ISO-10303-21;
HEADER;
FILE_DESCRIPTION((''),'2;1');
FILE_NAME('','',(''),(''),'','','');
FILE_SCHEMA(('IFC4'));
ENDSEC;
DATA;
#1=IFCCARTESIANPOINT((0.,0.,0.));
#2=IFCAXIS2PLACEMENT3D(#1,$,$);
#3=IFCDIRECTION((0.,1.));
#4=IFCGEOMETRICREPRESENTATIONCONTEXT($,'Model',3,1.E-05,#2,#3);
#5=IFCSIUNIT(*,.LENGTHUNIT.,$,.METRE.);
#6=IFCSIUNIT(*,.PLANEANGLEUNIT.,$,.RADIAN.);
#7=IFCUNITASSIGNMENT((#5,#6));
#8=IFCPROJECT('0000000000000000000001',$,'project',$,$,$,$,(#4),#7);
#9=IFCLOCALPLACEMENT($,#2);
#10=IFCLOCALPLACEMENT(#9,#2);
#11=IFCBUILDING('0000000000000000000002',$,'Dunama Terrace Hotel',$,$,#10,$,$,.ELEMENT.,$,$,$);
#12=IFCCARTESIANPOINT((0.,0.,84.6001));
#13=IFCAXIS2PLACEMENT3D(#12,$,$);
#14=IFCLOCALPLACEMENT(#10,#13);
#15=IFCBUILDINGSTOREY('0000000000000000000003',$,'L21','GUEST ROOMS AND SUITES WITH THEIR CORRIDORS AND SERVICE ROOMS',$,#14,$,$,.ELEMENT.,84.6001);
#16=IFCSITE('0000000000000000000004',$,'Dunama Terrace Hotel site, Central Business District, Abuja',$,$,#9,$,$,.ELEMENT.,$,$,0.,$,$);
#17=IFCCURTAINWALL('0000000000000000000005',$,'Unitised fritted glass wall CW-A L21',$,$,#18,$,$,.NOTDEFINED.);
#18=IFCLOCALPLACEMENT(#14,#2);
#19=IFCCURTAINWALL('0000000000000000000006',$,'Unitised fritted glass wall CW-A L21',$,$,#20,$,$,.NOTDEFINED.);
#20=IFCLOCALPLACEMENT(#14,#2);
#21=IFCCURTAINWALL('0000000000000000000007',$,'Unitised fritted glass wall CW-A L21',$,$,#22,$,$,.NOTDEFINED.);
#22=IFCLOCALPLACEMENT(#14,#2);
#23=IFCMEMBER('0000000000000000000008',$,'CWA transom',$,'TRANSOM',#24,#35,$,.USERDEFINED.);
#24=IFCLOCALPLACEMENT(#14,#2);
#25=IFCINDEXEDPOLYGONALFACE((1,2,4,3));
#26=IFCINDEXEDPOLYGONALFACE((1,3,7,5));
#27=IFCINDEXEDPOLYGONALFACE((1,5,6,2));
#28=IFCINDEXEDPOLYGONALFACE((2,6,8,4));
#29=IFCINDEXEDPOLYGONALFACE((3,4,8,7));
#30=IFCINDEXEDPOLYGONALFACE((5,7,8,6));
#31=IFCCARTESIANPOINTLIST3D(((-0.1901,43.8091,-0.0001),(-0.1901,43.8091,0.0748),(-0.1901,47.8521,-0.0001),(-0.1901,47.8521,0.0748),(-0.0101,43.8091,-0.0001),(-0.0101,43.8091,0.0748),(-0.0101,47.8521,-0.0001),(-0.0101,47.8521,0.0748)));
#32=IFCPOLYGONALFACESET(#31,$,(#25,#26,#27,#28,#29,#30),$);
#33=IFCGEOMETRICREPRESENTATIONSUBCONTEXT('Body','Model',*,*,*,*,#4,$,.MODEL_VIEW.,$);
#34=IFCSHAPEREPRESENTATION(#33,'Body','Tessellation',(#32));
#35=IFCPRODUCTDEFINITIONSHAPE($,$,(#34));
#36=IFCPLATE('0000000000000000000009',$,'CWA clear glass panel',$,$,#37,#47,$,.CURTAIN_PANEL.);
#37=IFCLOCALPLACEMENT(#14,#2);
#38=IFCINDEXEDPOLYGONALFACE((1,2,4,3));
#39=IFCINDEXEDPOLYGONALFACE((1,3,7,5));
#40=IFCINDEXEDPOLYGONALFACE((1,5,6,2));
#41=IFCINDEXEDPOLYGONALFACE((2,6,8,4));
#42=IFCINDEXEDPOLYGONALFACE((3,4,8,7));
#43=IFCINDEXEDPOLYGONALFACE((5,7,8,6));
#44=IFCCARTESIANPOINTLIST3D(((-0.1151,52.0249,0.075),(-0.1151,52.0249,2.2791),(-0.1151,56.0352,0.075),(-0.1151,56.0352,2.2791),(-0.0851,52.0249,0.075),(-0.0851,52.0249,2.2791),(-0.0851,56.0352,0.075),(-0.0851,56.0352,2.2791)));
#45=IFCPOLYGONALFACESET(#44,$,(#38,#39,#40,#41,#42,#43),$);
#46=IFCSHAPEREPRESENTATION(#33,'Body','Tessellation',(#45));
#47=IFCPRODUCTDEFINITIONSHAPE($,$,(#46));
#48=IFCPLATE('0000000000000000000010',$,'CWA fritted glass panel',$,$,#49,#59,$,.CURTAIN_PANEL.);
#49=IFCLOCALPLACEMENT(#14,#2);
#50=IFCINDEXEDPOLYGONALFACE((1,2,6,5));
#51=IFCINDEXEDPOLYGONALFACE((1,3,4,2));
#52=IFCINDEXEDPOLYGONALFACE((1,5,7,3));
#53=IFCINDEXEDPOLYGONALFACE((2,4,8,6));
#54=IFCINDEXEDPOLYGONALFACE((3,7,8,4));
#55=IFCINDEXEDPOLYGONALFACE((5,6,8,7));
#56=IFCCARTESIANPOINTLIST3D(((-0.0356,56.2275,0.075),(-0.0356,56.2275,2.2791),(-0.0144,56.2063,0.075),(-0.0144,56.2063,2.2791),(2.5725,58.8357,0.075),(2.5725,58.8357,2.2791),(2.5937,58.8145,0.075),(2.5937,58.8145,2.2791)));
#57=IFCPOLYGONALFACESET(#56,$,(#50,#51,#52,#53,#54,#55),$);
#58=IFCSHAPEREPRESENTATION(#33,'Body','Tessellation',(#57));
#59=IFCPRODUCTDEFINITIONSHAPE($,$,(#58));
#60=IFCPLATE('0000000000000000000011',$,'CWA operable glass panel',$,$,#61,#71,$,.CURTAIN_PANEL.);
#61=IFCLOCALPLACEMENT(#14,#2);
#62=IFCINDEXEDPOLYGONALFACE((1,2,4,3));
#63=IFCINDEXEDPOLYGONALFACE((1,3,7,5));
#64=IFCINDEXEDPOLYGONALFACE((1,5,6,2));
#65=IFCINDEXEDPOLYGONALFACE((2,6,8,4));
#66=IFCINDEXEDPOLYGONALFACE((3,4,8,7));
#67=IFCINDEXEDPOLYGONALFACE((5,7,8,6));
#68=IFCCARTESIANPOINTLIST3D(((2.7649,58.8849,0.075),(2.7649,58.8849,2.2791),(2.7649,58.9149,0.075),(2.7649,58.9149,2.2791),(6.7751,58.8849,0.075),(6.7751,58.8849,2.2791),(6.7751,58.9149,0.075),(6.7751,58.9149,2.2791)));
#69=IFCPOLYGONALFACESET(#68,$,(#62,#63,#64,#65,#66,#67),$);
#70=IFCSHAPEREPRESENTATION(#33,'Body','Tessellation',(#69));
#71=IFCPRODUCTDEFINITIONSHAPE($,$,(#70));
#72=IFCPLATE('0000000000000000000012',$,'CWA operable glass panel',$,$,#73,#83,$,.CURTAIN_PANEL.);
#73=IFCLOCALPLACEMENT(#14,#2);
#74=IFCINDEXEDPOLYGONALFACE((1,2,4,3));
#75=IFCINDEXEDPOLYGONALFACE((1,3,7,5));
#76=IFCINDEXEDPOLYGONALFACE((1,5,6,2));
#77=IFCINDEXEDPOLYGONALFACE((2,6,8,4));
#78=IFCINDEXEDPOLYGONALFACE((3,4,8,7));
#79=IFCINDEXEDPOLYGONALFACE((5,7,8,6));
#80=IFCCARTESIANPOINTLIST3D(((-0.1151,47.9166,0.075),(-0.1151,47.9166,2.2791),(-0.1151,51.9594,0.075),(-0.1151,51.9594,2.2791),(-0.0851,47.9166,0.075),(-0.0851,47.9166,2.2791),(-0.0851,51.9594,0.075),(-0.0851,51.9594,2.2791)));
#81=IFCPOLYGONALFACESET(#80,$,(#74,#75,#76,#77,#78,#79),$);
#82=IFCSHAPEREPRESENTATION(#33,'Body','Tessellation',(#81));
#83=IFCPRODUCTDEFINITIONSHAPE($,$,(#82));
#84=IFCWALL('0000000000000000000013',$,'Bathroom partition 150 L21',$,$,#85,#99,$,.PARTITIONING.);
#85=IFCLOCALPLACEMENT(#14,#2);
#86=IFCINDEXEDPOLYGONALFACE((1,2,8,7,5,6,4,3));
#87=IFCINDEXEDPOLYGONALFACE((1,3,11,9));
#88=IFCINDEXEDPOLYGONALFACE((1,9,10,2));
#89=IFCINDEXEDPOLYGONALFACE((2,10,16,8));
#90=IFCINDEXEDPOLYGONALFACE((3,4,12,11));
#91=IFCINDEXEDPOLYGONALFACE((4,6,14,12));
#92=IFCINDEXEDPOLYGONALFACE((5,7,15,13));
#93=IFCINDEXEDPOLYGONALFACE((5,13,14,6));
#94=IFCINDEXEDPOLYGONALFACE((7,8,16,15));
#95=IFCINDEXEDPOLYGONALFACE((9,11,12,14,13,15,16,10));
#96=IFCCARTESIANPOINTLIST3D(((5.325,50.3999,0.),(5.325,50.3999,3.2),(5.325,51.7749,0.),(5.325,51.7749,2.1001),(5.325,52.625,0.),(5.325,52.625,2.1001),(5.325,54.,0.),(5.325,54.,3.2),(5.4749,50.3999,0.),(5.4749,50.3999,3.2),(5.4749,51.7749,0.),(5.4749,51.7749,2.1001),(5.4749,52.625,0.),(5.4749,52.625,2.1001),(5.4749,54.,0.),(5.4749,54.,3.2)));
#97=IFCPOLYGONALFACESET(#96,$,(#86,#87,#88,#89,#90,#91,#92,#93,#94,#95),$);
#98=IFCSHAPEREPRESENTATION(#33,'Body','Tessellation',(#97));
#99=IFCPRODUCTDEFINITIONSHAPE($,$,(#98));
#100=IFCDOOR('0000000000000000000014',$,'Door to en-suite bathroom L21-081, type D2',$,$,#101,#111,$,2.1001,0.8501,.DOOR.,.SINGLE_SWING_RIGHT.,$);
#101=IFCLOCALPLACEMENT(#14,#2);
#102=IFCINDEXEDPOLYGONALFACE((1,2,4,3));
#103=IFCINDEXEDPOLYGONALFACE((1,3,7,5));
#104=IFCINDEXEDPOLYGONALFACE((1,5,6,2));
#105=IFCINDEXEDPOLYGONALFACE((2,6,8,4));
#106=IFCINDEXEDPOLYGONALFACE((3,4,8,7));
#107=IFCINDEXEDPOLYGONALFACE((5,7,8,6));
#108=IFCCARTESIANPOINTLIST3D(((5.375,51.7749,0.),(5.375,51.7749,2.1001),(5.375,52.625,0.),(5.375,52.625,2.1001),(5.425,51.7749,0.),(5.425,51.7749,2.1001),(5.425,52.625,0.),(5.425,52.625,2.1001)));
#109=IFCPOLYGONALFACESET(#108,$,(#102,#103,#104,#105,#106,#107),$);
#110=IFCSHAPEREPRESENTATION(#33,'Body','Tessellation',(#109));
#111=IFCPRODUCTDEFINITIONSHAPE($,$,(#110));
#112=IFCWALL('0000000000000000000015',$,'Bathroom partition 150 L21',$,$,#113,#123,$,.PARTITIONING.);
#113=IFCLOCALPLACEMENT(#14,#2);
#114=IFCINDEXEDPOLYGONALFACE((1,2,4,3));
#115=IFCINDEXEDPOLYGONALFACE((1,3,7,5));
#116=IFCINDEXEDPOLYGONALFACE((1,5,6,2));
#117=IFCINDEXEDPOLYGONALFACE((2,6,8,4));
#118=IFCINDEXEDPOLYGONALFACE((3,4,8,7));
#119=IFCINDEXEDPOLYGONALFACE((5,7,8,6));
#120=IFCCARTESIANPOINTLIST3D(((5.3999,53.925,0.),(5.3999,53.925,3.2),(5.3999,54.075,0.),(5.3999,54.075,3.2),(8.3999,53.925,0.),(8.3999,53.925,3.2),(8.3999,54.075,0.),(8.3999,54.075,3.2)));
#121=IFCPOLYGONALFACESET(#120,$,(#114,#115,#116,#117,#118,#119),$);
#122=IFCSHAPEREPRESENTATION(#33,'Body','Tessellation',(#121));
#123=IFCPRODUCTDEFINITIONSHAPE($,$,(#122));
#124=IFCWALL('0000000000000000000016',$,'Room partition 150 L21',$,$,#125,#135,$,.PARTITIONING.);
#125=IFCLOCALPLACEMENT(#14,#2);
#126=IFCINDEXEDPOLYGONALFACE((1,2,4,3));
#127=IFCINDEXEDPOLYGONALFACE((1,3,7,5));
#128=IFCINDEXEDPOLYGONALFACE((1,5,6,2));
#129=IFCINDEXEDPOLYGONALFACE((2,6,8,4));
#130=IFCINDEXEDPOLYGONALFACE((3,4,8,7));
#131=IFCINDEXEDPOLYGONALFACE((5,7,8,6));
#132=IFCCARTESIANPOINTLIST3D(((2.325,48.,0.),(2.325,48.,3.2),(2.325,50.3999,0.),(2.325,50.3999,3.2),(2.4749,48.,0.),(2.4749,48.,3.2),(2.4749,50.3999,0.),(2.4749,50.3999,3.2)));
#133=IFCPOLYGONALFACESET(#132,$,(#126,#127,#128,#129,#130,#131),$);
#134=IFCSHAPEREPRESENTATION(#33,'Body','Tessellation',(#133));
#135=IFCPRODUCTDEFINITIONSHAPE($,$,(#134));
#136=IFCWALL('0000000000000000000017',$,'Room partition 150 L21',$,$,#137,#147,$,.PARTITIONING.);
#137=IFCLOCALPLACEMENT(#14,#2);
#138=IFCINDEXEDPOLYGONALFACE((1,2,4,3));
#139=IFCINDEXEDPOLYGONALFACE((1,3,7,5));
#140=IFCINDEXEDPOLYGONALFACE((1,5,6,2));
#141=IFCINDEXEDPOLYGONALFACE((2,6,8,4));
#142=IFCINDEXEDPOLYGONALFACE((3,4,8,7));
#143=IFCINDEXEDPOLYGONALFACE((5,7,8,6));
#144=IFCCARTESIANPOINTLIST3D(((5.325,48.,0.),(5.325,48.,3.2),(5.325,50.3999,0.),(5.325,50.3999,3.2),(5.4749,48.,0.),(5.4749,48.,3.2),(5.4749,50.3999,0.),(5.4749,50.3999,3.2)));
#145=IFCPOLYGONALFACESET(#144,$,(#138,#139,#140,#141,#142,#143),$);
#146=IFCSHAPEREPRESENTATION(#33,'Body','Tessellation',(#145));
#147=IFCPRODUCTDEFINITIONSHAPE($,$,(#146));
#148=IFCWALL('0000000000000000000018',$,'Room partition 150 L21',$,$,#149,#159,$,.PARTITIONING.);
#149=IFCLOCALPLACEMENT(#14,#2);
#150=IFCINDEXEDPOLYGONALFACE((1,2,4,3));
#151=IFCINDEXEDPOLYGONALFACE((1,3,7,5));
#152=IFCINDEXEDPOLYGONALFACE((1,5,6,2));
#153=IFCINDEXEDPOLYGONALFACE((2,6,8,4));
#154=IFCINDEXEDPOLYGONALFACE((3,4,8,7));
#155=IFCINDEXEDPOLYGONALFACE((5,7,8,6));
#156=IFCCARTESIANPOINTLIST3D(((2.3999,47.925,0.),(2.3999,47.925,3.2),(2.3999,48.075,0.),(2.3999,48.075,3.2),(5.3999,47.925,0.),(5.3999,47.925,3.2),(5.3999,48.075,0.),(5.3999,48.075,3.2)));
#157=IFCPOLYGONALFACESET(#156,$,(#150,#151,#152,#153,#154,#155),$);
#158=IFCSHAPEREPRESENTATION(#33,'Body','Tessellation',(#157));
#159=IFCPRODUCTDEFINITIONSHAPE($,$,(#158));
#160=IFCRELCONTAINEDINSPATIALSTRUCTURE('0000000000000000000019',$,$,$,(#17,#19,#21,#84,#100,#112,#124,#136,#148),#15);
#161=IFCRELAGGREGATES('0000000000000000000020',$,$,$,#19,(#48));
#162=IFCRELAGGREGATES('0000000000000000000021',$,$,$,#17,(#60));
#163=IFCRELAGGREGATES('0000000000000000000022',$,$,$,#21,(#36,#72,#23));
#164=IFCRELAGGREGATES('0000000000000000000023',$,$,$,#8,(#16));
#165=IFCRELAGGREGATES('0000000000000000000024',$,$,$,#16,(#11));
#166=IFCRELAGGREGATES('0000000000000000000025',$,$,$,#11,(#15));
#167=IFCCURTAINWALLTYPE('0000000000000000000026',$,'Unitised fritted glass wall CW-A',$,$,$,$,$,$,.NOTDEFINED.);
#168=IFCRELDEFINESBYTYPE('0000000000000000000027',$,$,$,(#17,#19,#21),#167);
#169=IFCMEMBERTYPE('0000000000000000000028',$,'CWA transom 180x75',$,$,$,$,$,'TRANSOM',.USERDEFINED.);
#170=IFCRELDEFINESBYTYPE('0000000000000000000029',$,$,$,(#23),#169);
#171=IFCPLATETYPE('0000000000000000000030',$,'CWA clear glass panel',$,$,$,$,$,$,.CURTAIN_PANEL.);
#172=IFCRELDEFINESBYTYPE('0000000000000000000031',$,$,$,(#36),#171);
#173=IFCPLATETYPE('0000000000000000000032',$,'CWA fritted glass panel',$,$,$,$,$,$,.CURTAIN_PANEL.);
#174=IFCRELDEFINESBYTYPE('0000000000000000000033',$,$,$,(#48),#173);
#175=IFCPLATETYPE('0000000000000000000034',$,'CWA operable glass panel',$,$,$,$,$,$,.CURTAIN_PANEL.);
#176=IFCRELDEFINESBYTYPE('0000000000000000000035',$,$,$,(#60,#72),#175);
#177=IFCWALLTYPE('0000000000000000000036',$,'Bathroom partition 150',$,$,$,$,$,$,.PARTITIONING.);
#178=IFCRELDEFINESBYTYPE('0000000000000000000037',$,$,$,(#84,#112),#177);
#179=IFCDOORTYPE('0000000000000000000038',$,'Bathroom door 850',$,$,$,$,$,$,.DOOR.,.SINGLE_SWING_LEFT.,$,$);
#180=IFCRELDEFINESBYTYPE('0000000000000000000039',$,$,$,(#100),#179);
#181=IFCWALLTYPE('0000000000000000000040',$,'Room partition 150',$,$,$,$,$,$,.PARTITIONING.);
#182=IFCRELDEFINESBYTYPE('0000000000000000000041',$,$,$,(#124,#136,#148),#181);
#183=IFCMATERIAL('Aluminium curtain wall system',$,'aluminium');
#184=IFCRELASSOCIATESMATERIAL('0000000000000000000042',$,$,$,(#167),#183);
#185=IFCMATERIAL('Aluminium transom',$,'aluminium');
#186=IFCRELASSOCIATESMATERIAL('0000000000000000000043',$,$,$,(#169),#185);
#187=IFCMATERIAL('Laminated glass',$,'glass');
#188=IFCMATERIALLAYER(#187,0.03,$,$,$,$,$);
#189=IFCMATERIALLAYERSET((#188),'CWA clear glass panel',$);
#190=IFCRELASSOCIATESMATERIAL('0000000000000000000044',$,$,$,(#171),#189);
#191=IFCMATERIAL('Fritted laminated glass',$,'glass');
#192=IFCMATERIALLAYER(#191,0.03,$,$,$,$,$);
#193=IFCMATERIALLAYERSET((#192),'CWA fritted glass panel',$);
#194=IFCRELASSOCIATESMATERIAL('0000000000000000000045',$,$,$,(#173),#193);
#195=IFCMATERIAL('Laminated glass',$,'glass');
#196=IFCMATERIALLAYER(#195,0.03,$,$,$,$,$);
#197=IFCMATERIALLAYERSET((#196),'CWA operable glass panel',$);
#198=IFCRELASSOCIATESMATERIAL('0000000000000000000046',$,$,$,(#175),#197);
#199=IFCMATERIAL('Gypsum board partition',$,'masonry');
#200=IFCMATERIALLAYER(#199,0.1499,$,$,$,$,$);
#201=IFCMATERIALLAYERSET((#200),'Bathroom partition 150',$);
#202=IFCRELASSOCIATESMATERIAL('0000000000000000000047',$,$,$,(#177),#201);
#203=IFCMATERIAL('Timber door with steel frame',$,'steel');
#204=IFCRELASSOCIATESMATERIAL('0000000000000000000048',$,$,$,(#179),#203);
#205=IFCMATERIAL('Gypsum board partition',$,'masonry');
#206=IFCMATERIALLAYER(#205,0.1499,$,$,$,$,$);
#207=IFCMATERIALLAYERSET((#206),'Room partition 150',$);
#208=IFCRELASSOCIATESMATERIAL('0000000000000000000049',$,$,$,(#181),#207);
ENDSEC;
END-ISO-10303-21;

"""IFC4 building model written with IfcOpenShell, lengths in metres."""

from ifc_helpers import new_model, si_unit, direction, frame, frame_2d, origin, origin_2d, place, context, subcontext, project, spatial, rectangle, extrude, material, layer, layer_set, material_profile, profile_set, type_object, element, fill, aggregate, save


model = new_model("IFC4")

# Units and contexts
model_context = context("Model", 3, precision=1e-05, world=origin(), true_north=direction((0.0, 1.0)))
body_context = subcontext(model_context, "Body", "Model", "MODEL_VIEW")
ifc_project = project(units=[si_unit("LENGTHUNIT", "METRE"), si_unit("PLANEANGLEUNIT", "RADIAN")], contexts=[model_context])

# Site, building, storey
site_placement = place(None, origin())
site = spatial("IfcSite", under=ifc_project, at=site_placement, Name="Dunama Terrace Hotel site, Central Business District, Abuja", CompositionType="ELEMENT", RefElevation=0.0)
building_placement = place(site_placement, origin())
building = spatial("IfcBuilding", under=site, at=building_placement, Name="Dunama Terrace Hotel", CompositionType="ELEMENT")
storey_placement = place(building_placement, frame((0.0, 0.0, 84.6001)))
storey = spatial("IfcBuildingStorey", under=building, at=storey_placement, Name="L21", Description="GUEST ROOMS AND SUITES WITH THEIR CORRIDORS AND SERVICE ROOMS", CompositionType="ELEMENT", Elevation=84.6001)

# Curtain walls
ifc_material_1 = material(Name="Aluminium curtain wall system", Category="aluminium")
curtain_wall_type = type_object("IfcCurtainWallType", Name="Unitised fritted glass wall CW-A", PredefinedType="NOTDEFINED", material=ifc_material_1)
curtain_wall_1_placement = place(storey_placement, origin())
curtain_wall_1 = element("IfcCurtainWall", 1, at=curtain_wall_1_placement, inside=storey, type_object=curtain_wall_type, Name="Unitised fritted glass wall CW-A L21", PredefinedType="NOTDEFINED")
curtain_wall_2_placement = place(storey_placement, origin())
curtain_wall_2 = element("IfcCurtainWall", 2, at=curtain_wall_2_placement, inside=storey, type_object=curtain_wall_type, Name="Unitised fritted glass wall CW-A L21", PredefinedType="NOTDEFINED")
curtain_wall_3_placement = place(storey_placement, origin())
curtain_wall_3 = element("IfcCurtainWall", 3, at=curtain_wall_3_placement, inside=storey, type_object=curtain_wall_type, Name="Unitised fritted glass wall CW-A L21", PredefinedType="NOTDEFINED")

# Member
ifc_material_2 = material(Name="Aluminium transom", Category="aluminium")
ifc_material_profile_1 = material_profile(ifc_material_2, rectangle(XDim=0.1799, YDim=0.075, at=origin_2d()), Name="CWA TRANSOM 180X75")
ifc_profile_set_1 = profile_set([ifc_material_profile_1], Name="Aluminium transom")
member_type_1 = type_object("IfcMemberType", Name="CWA transom 180x75", ElementType="TRANSOM", PredefinedType="USERDEFINED", material=ifc_profile_set_1)
member_1_placement = place(storey_placement, frame((-0.1001, 47.8521, 0.0374), z_axis=(0.0, -1.0, 0.0), x_axis=(1.0, 0.0, 0.0)))
member_1 = element("IfcMember", 4, at=member_1_placement, type_object=member_type_1, Name="CWA transom", ObjectType="TRANSOM", PredefinedType="USERDEFINED", context=body_context, shape_type="SweptSolid", body=[
    extrude(rectangle(XDim=0.1799, YDim=0.075, at=origin_2d()), origin(), (0.0, 0.0, 1.0), 4.043),
])

# Plates
ifc_material_3 = material(Name="Laminated glass", Category="glass")
ifc_layer_1 = layer(ifc_material_3, 0.03)
ifc_layer_set_1 = layer_set([ifc_layer_1], Name="CWA clear glass panel")
plate_type_1 = type_object("IfcPlateType", Name="CWA clear glass panel", PredefinedType="CURTAIN_PANEL", material=ifc_layer_set_1)
plate_1_placement = place(storey_placement, frame((-0.1001, 54.03, 0.075), z_axis=(0.0, 0.0, 1.0), x_axis=(0.0, -1.0, 0.0)))
plate_1 = element("IfcPlate", 5, at=plate_1_placement, type_object=plate_type_1, Name="CWA clear glass panel", PredefinedType="CURTAIN_PANEL", context=body_context, shape_type="SweptSolid", body=[
    extrude(rectangle(XDim=4.0103, YDim=0.03, at=origin_2d()), origin(), (0.0, 0.0, 1.0), 2.2041),
])
ifc_material_4 = material(Name="Fritted laminated glass", Category="glass")
ifc_layer_2 = layer(ifc_material_4, 0.03)
ifc_layer_set_2 = layer_set([ifc_layer_2], Name="CWA fritted glass panel")
plate_type_2 = type_object("IfcPlateType", Name="CWA fritted glass panel", PredefinedType="CURTAIN_PANEL", material=ifc_layer_set_2)
plate_2_placement = place(storey_placement, frame((1.2791, 57.521, 0.075), z_axis=(0.0, 0.0, 1.0), x_axis=(-0.707107, -0.707107, 0.0)))
plate_2 = element("IfcPlate", 6, at=plate_2_placement, type_object=plate_type_2, Name="CWA fritted glass panel", PredefinedType="CURTAIN_PANEL", context=body_context, shape_type="SweptSolid", body=[
    extrude(rectangle(XDim=3.6885, YDim=0.03, at=origin_2d()), origin(), (0.0, 0.0, 1.0), 2.2041),
])
aggregate(curtain_wall_2, [plate_2])
ifc_material_5 = material(Name="Laminated glass", Category="glass")
ifc_layer_3 = layer(ifc_material_5, 0.03)
ifc_layer_set_3 = layer_set([ifc_layer_3], Name="CWA operable glass panel")
plate_type_3 = type_object("IfcPlateType", Name="CWA operable glass panel", PredefinedType="CURTAIN_PANEL", material=ifc_layer_set_3)
plate_3_placement = place(storey_placement, frame((4.77, 58.8999, 0.075), z_axis=(0.0, 0.0, 1.0), x_axis=(-1.0, 0.0, 0.0)))
plate_3 = element("IfcPlate", 7, at=plate_3_placement, type_object=plate_type_3, Name="CWA operable glass panel", PredefinedType="CURTAIN_PANEL", context=body_context, shape_type="SweptSolid", body=[
    extrude(rectangle(XDim=4.0103, YDim=0.03, at=origin_2d()), origin(), (0.0, 0.0, 1.0), 2.2041),
])
aggregate(curtain_wall_1, [plate_3])
plate_4_placement = place(storey_placement, frame((-0.1001, 49.938, 0.075), z_axis=(0.0, 0.0, 1.0), x_axis=(0.0, -1.0, 0.0)))
plate_4 = element("IfcPlate", 8, at=plate_4_placement, type_object=plate_type_3, Name="CWA operable glass panel", PredefinedType="CURTAIN_PANEL", context=body_context, shape_type="SweptSolid", body=[
    extrude(rectangle(XDim=4.0427, YDim=0.03, at=origin_2d()), origin(), (0.0, 0.0, 1.0), 2.2041),
])
aggregate(curtain_wall_3, [plate_1, plate_4, member_1])

# Wall, opening, door
ifc_material_6 = material(Name="Gypsum board partition", Category="masonry")
ifc_layer_4 = layer(ifc_material_6, 0.1499)
ifc_layer_set_4 = layer_set([ifc_layer_4], Name="Bathroom partition 150")
wall_type_1 = type_object("IfcWallType", Name="Bathroom partition 150", PredefinedType="PARTITIONING", material=ifc_layer_set_4)
wall_1_placement = place(storey_placement, frame((5.3999, 50.3999, 0.0), z_axis=(0.0, 0.0, 1.0), x_axis=(0.0, 1.0, 0.0)))
wall_1 = element("IfcWall", 9, at=wall_1_placement, inside=storey, type_object=wall_type_1, Name="Bathroom partition 150 L21", PredefinedType="PARTITIONING", context=body_context, shape_type="SweptSolid", body=[
    extrude(rectangle(XDim=3.6001, YDim=0.1499, at=frame_2d((1.8, 0.0))), origin(), (0.0, 0.0, 1.0), 3.2),
])
opening_1_placement = place(wall_1_placement, frame((1.375, 0.0, 0.0)))
opening_1 = element("IfcOpeningElement", 10, at=opening_1_placement, cuts=wall_1, PredefinedType="OPENING", context=body_context, shape_type="SweptSolid", body=[
    extrude(rectangle(XDim=0.8501, YDim=2.1001, at=frame_2d((0.425, 1.05))), frame((0.0, 0.085, 0.0), z_axis=(0.0, -1.0, 0.0), x_axis=(1.0, 0.0, 0.0)), (0.0, 0.0, 1.0), 0.1699),
])
ifc_material_7 = material(Name="Timber door with steel frame", Category="steel")
door_type_1 = type_object("IfcDoorType", Name="Bathroom door 850", OperationType="SINGLE_SWING_LEFT", PredefinedType="DOOR", material=ifc_material_7)
door_1_placement = place(opening_1_placement, frame((0.8501, 0.0, 0.0), z_axis=(0.0, 0.0, 1.0), x_axis=(-1.0, 0.0, 0.0)))
door_1 = element("IfcDoor", 11, at=door_1_placement, inside=storey, type_object=door_type_1, Name="Door to en-suite bathroom L21-081, type D2", OperationType="SINGLE_SWING_RIGHT", OverallHeight=2.1001, OverallWidth=0.8501, PredefinedType="DOOR", context=body_context, shape_type="SweptSolid", body=[
    extrude(rectangle(XDim=0.8501, YDim=2.1001, at=frame_2d((0.425, 1.05))), frame((0.0, 0.0251, 0.0), z_axis=(0.0, -1.0, 0.0), x_axis=(1.0, 0.0, 0.0)), (0.0, 0.0, 1.0), 0.05),
])
fill(opening_1, door_1)

# Walls
wall_2_placement = place(storey_placement, frame((5.3999, 54.0, 0.0), z_axis=(0.0, 0.0, 1.0), x_axis=(1.0, 0.0, 0.0)))
element("IfcWall", 12, at=wall_2_placement, inside=storey, type_object=wall_type_1, Name="Bathroom partition 150 L21", PredefinedType="PARTITIONING", context=body_context, shape_type="SweptSolid", body=[
    extrude(rectangle(XDim=3.0, YDim=0.1499, at=frame_2d((1.5, 0.0))), origin(), (0.0, 0.0, 1.0), 3.2),
])
ifc_material_8 = material(Name="Gypsum board partition", Category="masonry")
ifc_layer_5 = layer(ifc_material_8, 0.1499)
ifc_layer_set_5 = layer_set([ifc_layer_5], Name="Room partition 150")
wall_type_2 = type_object("IfcWallType", Name="Room partition 150", PredefinedType="PARTITIONING", material=ifc_layer_set_5)
for number, where, z_axis, x_axis, name in (
    (13, (2.3999, 48.0, 0.0), (0.0, 0.0, 1.0), (0.0, 1.0, 0.0), "Room partition 150 L21"),
    (14, (5.3999, 48.0, 0.0), (0.0, 0.0, 1.0), (0.0, 1.0, 0.0), "Room partition 150 L21"),
):
    element("IfcWall", number, at=place(storey_placement, frame(where, z_axis=z_axis, x_axis=x_axis)), inside=storey, type_object=wall_type_2, Name=name, PredefinedType="PARTITIONING", context=body_context, shape_type="SweptSolid", body=[
        extrude(rectangle(XDim=2.3999, YDim=0.1499, at=frame_2d((1.2, 0.0))), origin(), (0.0, 0.0, 1.0), 3.2),
    ])
wall_3_placement = place(storey_placement, frame((2.3999, 48.0, 0.0), z_axis=(0.0, 0.0, 1.0), x_axis=(1.0, 0.0, 0.0)))
element("IfcWall", 15, at=wall_3_placement, inside=storey, type_object=wall_type_2, Name="Room partition 150 L21", PredefinedType="PARTITIONING", context=body_context, shape_type="SweptSolid", body=[
    extrude(rectangle(XDim=3.0, YDim=0.1499, at=frame_2d((1.5, 0.0))), origin(), (0.0, 0.0, 1.0), 3.2),
])

save(model, "model.ifc")
